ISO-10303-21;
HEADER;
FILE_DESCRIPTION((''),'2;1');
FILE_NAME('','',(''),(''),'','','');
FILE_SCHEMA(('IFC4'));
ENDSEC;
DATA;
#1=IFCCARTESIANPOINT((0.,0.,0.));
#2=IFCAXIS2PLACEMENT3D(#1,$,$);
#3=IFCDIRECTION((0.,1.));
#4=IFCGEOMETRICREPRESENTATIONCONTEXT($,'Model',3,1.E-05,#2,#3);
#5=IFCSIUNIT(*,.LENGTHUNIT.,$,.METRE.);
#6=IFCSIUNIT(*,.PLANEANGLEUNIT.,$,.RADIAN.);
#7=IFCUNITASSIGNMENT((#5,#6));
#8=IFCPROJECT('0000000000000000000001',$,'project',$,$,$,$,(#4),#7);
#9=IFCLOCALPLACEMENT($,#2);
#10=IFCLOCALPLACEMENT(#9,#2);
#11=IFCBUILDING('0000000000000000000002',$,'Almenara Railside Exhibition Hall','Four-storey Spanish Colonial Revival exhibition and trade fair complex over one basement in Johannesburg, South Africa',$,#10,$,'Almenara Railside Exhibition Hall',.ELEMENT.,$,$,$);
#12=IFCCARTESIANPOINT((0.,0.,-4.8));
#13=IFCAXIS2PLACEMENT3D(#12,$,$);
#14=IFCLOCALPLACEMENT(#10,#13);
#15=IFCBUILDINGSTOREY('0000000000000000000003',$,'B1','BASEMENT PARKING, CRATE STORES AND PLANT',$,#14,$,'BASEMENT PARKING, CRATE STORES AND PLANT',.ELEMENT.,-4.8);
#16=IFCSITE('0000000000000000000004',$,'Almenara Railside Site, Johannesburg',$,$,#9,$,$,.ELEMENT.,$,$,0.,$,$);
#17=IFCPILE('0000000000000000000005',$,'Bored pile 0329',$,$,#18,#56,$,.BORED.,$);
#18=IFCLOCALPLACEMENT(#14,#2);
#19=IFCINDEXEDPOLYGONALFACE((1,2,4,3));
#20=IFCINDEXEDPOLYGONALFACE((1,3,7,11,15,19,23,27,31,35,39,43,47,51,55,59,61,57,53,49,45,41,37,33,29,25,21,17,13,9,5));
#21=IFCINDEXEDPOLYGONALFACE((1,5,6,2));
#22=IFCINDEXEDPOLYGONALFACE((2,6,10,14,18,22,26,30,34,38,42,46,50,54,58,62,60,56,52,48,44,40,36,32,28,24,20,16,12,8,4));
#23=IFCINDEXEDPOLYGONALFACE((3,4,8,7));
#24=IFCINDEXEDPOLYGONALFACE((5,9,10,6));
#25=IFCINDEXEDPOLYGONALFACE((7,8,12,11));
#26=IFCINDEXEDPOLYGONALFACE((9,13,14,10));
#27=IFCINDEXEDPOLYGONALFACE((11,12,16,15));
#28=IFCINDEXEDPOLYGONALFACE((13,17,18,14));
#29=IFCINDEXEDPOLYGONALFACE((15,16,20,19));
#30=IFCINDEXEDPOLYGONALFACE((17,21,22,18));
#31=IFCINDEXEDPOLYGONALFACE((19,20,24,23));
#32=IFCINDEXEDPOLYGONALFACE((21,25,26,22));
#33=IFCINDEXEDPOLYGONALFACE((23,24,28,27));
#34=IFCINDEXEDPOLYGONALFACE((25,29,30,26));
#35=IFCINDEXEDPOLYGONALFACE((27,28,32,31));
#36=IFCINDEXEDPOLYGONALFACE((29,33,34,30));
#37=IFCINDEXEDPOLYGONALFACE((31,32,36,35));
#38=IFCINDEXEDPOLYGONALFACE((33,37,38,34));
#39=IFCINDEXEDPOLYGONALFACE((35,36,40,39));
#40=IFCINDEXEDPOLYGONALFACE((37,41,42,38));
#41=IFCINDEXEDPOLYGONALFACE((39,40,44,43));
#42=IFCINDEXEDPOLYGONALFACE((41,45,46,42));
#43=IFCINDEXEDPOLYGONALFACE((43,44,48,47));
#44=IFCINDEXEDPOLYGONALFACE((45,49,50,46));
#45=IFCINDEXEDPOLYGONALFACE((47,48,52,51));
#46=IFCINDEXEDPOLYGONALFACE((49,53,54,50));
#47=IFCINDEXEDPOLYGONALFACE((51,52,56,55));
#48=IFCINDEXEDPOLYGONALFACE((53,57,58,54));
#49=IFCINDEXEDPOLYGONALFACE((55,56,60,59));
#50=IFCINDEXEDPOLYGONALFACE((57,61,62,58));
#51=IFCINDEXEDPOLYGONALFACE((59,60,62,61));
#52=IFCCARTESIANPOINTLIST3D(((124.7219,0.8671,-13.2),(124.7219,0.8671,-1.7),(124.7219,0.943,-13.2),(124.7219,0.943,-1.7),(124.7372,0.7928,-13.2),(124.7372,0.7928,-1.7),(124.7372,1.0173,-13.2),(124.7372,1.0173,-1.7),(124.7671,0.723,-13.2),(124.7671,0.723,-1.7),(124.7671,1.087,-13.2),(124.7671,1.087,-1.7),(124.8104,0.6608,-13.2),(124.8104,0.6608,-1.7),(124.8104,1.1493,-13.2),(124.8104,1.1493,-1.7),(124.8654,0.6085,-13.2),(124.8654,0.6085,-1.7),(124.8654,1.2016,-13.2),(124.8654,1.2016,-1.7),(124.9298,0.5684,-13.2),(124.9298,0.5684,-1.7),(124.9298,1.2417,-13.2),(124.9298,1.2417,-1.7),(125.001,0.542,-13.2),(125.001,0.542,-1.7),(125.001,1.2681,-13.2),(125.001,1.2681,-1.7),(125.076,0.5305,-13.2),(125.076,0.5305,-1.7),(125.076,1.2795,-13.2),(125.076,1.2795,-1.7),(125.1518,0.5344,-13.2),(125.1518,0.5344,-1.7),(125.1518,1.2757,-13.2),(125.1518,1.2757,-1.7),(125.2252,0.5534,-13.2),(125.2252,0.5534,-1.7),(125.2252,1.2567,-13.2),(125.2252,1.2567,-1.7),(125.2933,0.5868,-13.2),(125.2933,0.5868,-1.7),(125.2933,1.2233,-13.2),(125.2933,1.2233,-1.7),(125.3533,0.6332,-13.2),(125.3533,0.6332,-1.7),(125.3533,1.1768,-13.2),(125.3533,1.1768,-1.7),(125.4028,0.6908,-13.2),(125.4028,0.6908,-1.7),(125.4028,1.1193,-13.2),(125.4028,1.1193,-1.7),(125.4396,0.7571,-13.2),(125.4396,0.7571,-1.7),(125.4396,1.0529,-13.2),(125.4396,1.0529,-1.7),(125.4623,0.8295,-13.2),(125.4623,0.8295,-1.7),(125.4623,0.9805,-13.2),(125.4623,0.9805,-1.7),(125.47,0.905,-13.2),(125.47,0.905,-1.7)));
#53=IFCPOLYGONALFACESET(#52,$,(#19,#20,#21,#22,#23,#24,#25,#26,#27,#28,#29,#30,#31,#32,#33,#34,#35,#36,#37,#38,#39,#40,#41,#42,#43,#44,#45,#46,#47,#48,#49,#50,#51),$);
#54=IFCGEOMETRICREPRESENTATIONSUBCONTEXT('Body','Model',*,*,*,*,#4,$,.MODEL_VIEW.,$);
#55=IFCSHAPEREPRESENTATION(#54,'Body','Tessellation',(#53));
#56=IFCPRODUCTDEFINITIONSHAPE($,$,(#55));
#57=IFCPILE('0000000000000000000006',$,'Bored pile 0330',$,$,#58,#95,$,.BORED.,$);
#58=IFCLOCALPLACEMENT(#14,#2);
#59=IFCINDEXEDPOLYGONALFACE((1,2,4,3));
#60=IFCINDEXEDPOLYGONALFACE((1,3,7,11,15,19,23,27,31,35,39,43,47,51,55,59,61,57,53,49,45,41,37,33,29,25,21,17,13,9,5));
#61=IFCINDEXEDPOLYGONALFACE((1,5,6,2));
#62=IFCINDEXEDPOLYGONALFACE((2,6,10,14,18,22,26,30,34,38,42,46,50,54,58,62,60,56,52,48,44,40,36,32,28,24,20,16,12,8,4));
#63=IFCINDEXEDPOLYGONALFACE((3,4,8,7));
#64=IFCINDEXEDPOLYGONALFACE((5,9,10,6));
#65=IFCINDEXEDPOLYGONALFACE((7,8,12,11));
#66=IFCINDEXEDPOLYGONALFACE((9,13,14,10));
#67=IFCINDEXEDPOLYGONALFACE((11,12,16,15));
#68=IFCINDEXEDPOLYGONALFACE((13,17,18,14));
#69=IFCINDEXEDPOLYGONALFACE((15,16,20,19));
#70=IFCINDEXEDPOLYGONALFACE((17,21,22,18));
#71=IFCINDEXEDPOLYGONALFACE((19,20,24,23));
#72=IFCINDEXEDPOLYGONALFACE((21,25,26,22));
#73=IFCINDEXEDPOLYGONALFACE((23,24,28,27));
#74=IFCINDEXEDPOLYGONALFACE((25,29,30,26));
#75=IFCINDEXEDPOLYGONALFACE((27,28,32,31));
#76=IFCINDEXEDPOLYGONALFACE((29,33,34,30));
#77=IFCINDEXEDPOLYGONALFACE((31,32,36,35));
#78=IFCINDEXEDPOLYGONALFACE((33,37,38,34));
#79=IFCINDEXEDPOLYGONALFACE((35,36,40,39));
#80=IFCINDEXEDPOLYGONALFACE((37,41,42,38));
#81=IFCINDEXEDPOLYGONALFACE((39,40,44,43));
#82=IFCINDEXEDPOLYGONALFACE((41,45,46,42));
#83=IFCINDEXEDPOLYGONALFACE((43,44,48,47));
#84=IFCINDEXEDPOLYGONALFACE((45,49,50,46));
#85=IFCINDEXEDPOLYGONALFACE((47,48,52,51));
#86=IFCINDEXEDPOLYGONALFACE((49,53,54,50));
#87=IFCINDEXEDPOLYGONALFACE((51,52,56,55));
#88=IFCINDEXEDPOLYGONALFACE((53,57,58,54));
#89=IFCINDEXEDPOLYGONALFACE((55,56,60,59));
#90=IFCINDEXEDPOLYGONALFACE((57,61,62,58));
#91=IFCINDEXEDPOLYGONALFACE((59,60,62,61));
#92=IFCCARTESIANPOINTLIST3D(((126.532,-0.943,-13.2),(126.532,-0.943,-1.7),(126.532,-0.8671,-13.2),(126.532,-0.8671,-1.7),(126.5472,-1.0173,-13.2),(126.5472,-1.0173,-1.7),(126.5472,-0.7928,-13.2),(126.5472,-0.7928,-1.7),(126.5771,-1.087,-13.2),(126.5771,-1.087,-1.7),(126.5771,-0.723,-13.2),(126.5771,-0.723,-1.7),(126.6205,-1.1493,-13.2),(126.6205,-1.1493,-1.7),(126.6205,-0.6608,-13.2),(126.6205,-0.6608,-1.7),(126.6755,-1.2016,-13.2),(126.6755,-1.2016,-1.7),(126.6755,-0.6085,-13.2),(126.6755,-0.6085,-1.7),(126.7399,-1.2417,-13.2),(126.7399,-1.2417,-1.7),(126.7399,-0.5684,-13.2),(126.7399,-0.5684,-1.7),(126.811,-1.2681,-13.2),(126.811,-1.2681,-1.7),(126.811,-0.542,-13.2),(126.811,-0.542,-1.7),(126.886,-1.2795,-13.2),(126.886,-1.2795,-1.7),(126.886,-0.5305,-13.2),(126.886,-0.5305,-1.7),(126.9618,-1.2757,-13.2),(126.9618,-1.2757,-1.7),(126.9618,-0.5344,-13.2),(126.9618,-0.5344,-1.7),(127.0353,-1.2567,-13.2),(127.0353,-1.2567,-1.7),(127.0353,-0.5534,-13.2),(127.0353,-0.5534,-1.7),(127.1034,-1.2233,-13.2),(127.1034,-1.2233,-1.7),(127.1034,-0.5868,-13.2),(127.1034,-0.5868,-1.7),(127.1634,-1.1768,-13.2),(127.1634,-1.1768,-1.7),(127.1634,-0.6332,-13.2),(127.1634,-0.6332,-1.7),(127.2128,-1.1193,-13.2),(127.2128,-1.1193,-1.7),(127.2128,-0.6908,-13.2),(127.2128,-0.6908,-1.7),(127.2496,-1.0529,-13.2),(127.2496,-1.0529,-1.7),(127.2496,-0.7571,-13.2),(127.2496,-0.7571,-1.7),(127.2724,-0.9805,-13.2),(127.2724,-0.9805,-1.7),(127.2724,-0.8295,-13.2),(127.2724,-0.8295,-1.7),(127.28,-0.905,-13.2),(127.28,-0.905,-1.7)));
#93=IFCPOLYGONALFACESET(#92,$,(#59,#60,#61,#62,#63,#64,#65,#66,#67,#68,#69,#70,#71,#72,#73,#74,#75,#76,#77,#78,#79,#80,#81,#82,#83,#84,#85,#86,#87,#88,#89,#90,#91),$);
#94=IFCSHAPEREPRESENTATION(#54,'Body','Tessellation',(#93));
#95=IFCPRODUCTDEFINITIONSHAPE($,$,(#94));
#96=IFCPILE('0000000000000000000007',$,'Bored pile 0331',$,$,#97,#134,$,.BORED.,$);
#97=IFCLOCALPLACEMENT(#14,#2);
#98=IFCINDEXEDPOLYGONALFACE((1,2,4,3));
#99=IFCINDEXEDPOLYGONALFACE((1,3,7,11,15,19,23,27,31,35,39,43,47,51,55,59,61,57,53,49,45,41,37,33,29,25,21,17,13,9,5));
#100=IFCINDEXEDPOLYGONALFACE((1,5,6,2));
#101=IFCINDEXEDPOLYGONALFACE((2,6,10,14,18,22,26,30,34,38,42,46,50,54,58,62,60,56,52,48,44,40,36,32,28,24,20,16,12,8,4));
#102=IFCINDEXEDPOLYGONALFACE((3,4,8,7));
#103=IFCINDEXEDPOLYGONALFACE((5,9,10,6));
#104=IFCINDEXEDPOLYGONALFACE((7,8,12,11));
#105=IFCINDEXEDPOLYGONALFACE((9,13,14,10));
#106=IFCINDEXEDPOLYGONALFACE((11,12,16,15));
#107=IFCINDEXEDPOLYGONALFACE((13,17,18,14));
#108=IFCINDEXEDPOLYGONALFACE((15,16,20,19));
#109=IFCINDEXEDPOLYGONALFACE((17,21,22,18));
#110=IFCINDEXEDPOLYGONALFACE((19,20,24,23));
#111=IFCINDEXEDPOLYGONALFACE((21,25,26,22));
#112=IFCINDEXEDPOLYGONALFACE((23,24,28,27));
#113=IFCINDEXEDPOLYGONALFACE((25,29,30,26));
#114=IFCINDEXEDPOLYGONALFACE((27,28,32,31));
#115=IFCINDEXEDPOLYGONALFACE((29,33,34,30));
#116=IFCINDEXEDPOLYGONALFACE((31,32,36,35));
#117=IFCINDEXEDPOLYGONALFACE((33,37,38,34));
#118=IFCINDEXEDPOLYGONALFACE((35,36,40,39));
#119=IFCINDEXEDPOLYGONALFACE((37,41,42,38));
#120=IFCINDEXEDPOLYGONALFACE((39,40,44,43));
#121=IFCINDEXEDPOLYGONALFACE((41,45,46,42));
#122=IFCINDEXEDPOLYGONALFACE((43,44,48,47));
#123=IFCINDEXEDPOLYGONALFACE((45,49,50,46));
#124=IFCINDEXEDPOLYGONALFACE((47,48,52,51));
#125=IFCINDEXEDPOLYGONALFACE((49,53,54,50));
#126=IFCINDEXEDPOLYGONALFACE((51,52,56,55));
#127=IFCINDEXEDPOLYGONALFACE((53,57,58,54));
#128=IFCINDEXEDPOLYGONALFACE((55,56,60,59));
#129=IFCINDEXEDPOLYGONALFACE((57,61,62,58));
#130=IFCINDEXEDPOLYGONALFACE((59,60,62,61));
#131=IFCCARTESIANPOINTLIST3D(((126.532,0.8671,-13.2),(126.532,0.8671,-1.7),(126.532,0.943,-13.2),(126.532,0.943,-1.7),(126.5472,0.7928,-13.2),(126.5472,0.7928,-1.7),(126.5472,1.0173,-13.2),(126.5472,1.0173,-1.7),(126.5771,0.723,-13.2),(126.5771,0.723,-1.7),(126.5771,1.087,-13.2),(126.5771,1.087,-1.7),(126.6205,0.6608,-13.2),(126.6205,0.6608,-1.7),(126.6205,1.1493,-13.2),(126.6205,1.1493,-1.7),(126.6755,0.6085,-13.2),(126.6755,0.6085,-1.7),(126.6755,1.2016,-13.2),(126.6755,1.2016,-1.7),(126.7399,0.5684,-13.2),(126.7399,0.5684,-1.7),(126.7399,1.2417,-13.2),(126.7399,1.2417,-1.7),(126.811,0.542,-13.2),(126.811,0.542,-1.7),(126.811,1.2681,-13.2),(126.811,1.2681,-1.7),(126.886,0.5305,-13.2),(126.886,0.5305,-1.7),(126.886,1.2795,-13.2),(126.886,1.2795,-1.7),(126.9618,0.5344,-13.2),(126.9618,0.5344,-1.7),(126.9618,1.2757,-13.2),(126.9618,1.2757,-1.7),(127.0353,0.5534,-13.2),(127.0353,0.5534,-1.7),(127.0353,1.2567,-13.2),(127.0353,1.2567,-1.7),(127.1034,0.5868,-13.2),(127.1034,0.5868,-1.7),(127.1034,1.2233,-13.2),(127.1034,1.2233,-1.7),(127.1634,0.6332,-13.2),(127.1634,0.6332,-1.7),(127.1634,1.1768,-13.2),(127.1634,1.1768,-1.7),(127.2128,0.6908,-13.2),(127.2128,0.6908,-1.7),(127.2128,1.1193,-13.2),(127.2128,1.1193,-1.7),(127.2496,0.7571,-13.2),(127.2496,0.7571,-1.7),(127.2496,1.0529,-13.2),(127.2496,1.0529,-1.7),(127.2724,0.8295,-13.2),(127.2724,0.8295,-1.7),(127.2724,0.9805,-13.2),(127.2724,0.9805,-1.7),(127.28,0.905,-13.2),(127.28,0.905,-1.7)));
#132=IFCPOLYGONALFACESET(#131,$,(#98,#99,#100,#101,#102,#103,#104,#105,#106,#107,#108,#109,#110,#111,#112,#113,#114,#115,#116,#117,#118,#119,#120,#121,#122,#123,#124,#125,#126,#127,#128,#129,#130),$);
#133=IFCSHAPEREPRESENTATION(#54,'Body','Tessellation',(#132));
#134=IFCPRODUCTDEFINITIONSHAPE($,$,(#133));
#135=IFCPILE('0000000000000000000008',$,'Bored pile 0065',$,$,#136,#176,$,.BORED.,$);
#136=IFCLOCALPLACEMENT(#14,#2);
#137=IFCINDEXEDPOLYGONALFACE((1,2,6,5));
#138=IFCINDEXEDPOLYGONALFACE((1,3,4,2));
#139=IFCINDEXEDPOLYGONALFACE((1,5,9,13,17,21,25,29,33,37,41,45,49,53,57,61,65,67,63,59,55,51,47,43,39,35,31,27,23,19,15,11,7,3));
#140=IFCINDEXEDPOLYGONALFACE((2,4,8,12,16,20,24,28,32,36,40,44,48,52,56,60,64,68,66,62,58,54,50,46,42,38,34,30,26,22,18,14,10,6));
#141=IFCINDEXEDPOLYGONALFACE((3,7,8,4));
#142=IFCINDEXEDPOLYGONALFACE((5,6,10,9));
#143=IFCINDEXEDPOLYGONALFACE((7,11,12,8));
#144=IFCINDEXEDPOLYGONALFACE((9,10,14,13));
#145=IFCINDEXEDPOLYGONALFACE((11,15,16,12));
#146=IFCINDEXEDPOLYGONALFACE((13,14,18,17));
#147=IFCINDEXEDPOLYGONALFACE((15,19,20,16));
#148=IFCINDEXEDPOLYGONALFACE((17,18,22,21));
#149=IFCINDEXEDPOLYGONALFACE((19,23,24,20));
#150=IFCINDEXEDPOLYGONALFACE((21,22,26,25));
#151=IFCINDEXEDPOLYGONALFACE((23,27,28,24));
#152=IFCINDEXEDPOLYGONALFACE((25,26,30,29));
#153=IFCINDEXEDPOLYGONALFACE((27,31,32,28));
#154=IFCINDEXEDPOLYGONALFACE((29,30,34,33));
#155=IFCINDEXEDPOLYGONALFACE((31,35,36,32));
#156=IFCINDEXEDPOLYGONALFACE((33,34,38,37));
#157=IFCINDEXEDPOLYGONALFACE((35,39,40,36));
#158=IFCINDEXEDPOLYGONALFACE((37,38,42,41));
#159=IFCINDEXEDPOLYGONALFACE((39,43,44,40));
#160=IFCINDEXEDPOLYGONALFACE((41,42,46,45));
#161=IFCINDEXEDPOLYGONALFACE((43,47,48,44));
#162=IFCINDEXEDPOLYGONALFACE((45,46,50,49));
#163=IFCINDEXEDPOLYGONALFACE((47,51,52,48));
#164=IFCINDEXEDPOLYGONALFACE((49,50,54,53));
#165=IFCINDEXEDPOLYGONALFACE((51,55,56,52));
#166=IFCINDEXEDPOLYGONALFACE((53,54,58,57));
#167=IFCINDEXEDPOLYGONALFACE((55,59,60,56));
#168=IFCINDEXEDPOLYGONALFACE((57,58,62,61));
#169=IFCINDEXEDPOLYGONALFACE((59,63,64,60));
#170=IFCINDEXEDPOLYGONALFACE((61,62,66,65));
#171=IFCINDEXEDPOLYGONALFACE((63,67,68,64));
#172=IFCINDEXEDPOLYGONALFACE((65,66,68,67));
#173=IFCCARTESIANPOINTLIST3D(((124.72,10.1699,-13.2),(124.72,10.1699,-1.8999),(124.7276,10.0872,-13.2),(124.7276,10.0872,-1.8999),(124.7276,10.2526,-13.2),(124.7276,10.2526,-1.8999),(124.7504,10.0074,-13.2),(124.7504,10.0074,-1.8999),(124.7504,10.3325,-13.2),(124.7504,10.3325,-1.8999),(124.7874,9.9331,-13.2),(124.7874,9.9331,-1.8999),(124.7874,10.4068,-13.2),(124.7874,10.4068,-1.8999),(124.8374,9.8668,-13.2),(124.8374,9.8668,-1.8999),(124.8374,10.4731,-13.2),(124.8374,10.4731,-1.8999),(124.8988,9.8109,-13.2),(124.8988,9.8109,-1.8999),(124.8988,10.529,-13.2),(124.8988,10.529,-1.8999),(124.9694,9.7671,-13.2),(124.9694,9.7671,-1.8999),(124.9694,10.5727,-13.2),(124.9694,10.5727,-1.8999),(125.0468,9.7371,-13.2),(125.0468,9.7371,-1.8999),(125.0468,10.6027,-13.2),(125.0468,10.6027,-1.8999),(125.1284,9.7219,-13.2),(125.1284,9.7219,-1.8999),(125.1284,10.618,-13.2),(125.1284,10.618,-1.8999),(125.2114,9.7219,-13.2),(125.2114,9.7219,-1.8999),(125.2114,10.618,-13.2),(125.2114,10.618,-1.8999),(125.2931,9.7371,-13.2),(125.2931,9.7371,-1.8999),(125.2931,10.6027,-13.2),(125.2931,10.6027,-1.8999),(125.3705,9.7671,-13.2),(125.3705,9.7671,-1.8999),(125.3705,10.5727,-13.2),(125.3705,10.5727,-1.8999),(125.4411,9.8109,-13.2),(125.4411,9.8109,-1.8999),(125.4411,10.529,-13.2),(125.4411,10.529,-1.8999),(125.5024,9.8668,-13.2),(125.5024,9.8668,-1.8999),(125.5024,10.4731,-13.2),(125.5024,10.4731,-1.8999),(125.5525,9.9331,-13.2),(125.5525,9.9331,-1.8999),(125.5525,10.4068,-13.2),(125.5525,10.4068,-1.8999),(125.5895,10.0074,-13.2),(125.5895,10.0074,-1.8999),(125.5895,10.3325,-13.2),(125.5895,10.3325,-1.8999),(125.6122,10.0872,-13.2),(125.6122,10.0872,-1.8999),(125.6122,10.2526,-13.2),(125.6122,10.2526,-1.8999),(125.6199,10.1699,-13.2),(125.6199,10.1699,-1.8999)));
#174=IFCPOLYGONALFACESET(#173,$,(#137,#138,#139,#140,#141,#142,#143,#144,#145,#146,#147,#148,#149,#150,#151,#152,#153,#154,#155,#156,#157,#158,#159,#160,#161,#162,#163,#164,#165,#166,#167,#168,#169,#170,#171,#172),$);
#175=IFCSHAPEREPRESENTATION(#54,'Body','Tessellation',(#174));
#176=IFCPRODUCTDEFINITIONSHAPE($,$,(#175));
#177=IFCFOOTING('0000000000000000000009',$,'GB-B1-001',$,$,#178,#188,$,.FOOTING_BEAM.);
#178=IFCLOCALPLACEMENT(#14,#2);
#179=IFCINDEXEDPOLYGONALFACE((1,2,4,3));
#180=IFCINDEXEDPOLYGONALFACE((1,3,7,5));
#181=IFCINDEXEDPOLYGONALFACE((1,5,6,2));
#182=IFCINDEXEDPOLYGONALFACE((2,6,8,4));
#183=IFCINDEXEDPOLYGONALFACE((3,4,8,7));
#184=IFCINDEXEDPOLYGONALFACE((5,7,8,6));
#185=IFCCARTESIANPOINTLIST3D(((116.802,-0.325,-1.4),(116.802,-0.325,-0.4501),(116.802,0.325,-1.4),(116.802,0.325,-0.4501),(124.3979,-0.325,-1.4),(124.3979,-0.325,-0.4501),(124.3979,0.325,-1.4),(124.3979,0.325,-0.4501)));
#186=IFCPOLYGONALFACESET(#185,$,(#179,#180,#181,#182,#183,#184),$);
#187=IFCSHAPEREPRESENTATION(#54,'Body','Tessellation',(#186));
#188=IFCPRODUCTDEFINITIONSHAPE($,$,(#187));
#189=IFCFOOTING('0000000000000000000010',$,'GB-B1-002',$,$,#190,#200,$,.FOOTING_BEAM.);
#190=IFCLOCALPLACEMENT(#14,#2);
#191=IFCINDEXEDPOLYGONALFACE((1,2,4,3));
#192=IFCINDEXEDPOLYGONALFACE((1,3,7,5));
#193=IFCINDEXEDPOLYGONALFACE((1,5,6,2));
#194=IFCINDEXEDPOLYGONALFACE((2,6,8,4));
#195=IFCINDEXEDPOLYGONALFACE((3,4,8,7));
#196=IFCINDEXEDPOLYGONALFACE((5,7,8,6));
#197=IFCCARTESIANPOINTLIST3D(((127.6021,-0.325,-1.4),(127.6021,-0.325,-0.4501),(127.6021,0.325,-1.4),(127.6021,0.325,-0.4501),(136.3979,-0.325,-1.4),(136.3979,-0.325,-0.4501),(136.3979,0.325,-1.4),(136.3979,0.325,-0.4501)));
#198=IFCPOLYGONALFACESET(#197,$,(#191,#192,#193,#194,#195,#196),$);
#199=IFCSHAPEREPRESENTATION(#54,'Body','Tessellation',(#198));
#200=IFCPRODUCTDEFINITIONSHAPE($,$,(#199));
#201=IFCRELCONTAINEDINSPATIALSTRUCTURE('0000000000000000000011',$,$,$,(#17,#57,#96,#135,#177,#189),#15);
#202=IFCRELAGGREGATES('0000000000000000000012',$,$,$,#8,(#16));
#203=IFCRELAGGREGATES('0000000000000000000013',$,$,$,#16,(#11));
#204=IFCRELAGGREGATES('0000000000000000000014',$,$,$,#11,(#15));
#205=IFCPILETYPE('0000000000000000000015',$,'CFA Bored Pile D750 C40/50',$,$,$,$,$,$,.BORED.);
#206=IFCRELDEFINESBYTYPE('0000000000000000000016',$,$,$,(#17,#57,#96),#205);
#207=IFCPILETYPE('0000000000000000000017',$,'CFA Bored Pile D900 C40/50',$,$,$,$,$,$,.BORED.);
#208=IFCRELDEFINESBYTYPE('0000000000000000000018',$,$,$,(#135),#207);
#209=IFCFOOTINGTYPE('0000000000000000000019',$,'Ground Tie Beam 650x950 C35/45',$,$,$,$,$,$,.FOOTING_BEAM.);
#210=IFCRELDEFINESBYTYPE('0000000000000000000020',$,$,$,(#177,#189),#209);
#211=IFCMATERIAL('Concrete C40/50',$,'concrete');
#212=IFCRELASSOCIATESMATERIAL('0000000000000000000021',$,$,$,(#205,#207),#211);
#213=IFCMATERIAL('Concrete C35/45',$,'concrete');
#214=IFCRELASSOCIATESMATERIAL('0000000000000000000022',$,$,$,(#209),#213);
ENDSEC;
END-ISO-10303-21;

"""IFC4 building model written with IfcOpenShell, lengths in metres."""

from ifc_helpers import new_model, si_unit, direction, frame, origin, origin_2d, place, context, subcontext, project, spatial, rectangle, circle, extrude, material, material_profile, profile_set, type_object, element, save


model = new_model("IFC4")

# Units and contexts
model_context = context("Model", 3, precision=1e-05, world=origin(), true_north=direction((0.0, 1.0)))
body_context = subcontext(model_context, "Body", "Model", "MODEL_VIEW")
ifc_project = project(units=[si_unit("LENGTHUNIT", "METRE"), si_unit("PLANEANGLEUNIT", "RADIAN")], contexts=[model_context])

# Site, building, storey
site_placement = place(None, origin())
site = spatial("IfcSite", under=ifc_project, at=site_placement, Name="Almenara Railside Site, Johannesburg", CompositionType="ELEMENT", RefElevation=0.0)
building_placement = place(site_placement, origin())
building = spatial("IfcBuilding", under=site, at=building_placement, Name="Almenara Railside Exhibition Hall", Description="Four-storey Spanish Colonial Revival exhibition and trade fair complex over one basement in Johannesburg, South Africa", LongName="Almenara Railside Exhibition Hall", CompositionType="ELEMENT")
storey_placement = place(building_placement, frame((0.0, 0.0, -4.8)))
storey = spatial("IfcBuildingStorey", under=building, at=storey_placement, Name="B1", Description="BASEMENT PARKING, CRATE STORES AND PLANT", LongName="BASEMENT PARKING, CRATE STORES AND PLANT", CompositionType="ELEMENT", Elevation=-4.8)

# Piles
ifc_material_1 = material(Name="Concrete C40/50", Category="concrete")
ifc_material_profile_1 = material_profile(ifc_material_1, circle(Radius=0.375, at=origin_2d()), Name="CFA-PILE D750")
ifc_profile_set_1 = profile_set([ifc_material_profile_1], Name="Concrete C40/50")
pile_type_1 = type_object("IfcPileType", Name="CFA Bored Pile D750 C40/50", PredefinedType="BORED", material=ifc_profile_set_1)
for number, where, z_axis, x_axis, name in (
    (1, (125.095, 0.905, -1.7), (0.0, 0.0, -1.0), (1.0, 0.0, 0.0), "Bored pile 0329"),
    (2, (126.905, -0.905, -1.7), (0.0, 0.0, -1.0), (1.0, 0.0, 0.0), "Bored pile 0330"),
    (3, (126.905, 0.905, -1.7), (0.0, 0.0, -1.0), (1.0, 0.0, 0.0), "Bored pile 0331"),
):
    element("IfcPile", number, at=place(storey_placement, frame(where, z_axis=z_axis, x_axis=x_axis)), inside=storey, type_object=pile_type_1, Name=name, PredefinedType="BORED", context=body_context, shape_type="SweptSolid", body=[
        extrude(circle(Radius=0.375, at=origin_2d()), origin(), (0.0, 0.0, 1.0), 11.5),
    ])
ifc_material_profile_2 = material_profile(ifc_material_1, circle(Radius=0.45, at=origin_2d()), Name="CFA-PILE D900")
ifc_profile_set_2 = profile_set([ifc_material_profile_2], Name="Concrete C40/50")
pile_type_2 = type_object("IfcPileType", Name="CFA Bored Pile D900 C40/50", PredefinedType="BORED", material=ifc_profile_set_2)
pile_placement = place(storey_placement, frame((125.1699, 10.1699, -1.8999), z_axis=(0.0, 0.0, -1.0), x_axis=(1.0, 0.0, 0.0)))
element("IfcPile", 4, at=pile_placement, inside=storey, type_object=pile_type_2, Name="Bored pile 0065", PredefinedType="BORED", context=body_context, shape_type="SweptSolid", body=[
    extrude(circle(Radius=0.45, at=origin_2d()), origin(), (0.0, 0.0, 1.0), 11.3),
])

# Footings
ifc_material_2 = material(Name="Concrete C35/45", Category="concrete")
ifc_material_profile_3 = material_profile(ifc_material_2, rectangle(XDim=0.6499, YDim=0.95, at=origin_2d()), Name="RC-GB 650x950")
ifc_profile_set_3 = profile_set([ifc_material_profile_3], Name="Concrete C35/45")
footing_type = type_object("IfcFootingType", Name="Ground Tie Beam 650x950 C35/45", PredefinedType="FOOTING_BEAM", material=ifc_profile_set_3)
footing_1_placement = place(storey_placement, frame((116.802, 0.0, -0.925), z_axis=(1.0, 0.0, 0.0), x_axis=(0.0, 1.0, 0.0)))
element("IfcFooting", 5, at=footing_1_placement, inside=storey, type_object=footing_type, Name="GB-B1-001", PredefinedType="FOOTING_BEAM", context=body_context, shape_type="SweptSolid", body=[
    extrude(rectangle(XDim=0.6499, YDim=0.95, at=origin_2d()), origin(), (0.0, 0.0, 1.0), 7.5959),
])
footing_2_placement = place(storey_placement, frame((127.6021, 0.0, -0.925), z_axis=(1.0, 0.0, 0.0), x_axis=(0.0, 1.0, 0.0)))
element("IfcFooting", 6, at=footing_2_placement, inside=storey, type_object=footing_type, Name="GB-B1-002", PredefinedType="FOOTING_BEAM", context=body_context, shape_type="SweptSolid", body=[
    extrude(rectangle(XDim=0.6499, YDim=0.95, at=origin_2d()), origin(), (0.0, 0.0, 1.0), 8.7959),
])

save(model, "model.ifc")
